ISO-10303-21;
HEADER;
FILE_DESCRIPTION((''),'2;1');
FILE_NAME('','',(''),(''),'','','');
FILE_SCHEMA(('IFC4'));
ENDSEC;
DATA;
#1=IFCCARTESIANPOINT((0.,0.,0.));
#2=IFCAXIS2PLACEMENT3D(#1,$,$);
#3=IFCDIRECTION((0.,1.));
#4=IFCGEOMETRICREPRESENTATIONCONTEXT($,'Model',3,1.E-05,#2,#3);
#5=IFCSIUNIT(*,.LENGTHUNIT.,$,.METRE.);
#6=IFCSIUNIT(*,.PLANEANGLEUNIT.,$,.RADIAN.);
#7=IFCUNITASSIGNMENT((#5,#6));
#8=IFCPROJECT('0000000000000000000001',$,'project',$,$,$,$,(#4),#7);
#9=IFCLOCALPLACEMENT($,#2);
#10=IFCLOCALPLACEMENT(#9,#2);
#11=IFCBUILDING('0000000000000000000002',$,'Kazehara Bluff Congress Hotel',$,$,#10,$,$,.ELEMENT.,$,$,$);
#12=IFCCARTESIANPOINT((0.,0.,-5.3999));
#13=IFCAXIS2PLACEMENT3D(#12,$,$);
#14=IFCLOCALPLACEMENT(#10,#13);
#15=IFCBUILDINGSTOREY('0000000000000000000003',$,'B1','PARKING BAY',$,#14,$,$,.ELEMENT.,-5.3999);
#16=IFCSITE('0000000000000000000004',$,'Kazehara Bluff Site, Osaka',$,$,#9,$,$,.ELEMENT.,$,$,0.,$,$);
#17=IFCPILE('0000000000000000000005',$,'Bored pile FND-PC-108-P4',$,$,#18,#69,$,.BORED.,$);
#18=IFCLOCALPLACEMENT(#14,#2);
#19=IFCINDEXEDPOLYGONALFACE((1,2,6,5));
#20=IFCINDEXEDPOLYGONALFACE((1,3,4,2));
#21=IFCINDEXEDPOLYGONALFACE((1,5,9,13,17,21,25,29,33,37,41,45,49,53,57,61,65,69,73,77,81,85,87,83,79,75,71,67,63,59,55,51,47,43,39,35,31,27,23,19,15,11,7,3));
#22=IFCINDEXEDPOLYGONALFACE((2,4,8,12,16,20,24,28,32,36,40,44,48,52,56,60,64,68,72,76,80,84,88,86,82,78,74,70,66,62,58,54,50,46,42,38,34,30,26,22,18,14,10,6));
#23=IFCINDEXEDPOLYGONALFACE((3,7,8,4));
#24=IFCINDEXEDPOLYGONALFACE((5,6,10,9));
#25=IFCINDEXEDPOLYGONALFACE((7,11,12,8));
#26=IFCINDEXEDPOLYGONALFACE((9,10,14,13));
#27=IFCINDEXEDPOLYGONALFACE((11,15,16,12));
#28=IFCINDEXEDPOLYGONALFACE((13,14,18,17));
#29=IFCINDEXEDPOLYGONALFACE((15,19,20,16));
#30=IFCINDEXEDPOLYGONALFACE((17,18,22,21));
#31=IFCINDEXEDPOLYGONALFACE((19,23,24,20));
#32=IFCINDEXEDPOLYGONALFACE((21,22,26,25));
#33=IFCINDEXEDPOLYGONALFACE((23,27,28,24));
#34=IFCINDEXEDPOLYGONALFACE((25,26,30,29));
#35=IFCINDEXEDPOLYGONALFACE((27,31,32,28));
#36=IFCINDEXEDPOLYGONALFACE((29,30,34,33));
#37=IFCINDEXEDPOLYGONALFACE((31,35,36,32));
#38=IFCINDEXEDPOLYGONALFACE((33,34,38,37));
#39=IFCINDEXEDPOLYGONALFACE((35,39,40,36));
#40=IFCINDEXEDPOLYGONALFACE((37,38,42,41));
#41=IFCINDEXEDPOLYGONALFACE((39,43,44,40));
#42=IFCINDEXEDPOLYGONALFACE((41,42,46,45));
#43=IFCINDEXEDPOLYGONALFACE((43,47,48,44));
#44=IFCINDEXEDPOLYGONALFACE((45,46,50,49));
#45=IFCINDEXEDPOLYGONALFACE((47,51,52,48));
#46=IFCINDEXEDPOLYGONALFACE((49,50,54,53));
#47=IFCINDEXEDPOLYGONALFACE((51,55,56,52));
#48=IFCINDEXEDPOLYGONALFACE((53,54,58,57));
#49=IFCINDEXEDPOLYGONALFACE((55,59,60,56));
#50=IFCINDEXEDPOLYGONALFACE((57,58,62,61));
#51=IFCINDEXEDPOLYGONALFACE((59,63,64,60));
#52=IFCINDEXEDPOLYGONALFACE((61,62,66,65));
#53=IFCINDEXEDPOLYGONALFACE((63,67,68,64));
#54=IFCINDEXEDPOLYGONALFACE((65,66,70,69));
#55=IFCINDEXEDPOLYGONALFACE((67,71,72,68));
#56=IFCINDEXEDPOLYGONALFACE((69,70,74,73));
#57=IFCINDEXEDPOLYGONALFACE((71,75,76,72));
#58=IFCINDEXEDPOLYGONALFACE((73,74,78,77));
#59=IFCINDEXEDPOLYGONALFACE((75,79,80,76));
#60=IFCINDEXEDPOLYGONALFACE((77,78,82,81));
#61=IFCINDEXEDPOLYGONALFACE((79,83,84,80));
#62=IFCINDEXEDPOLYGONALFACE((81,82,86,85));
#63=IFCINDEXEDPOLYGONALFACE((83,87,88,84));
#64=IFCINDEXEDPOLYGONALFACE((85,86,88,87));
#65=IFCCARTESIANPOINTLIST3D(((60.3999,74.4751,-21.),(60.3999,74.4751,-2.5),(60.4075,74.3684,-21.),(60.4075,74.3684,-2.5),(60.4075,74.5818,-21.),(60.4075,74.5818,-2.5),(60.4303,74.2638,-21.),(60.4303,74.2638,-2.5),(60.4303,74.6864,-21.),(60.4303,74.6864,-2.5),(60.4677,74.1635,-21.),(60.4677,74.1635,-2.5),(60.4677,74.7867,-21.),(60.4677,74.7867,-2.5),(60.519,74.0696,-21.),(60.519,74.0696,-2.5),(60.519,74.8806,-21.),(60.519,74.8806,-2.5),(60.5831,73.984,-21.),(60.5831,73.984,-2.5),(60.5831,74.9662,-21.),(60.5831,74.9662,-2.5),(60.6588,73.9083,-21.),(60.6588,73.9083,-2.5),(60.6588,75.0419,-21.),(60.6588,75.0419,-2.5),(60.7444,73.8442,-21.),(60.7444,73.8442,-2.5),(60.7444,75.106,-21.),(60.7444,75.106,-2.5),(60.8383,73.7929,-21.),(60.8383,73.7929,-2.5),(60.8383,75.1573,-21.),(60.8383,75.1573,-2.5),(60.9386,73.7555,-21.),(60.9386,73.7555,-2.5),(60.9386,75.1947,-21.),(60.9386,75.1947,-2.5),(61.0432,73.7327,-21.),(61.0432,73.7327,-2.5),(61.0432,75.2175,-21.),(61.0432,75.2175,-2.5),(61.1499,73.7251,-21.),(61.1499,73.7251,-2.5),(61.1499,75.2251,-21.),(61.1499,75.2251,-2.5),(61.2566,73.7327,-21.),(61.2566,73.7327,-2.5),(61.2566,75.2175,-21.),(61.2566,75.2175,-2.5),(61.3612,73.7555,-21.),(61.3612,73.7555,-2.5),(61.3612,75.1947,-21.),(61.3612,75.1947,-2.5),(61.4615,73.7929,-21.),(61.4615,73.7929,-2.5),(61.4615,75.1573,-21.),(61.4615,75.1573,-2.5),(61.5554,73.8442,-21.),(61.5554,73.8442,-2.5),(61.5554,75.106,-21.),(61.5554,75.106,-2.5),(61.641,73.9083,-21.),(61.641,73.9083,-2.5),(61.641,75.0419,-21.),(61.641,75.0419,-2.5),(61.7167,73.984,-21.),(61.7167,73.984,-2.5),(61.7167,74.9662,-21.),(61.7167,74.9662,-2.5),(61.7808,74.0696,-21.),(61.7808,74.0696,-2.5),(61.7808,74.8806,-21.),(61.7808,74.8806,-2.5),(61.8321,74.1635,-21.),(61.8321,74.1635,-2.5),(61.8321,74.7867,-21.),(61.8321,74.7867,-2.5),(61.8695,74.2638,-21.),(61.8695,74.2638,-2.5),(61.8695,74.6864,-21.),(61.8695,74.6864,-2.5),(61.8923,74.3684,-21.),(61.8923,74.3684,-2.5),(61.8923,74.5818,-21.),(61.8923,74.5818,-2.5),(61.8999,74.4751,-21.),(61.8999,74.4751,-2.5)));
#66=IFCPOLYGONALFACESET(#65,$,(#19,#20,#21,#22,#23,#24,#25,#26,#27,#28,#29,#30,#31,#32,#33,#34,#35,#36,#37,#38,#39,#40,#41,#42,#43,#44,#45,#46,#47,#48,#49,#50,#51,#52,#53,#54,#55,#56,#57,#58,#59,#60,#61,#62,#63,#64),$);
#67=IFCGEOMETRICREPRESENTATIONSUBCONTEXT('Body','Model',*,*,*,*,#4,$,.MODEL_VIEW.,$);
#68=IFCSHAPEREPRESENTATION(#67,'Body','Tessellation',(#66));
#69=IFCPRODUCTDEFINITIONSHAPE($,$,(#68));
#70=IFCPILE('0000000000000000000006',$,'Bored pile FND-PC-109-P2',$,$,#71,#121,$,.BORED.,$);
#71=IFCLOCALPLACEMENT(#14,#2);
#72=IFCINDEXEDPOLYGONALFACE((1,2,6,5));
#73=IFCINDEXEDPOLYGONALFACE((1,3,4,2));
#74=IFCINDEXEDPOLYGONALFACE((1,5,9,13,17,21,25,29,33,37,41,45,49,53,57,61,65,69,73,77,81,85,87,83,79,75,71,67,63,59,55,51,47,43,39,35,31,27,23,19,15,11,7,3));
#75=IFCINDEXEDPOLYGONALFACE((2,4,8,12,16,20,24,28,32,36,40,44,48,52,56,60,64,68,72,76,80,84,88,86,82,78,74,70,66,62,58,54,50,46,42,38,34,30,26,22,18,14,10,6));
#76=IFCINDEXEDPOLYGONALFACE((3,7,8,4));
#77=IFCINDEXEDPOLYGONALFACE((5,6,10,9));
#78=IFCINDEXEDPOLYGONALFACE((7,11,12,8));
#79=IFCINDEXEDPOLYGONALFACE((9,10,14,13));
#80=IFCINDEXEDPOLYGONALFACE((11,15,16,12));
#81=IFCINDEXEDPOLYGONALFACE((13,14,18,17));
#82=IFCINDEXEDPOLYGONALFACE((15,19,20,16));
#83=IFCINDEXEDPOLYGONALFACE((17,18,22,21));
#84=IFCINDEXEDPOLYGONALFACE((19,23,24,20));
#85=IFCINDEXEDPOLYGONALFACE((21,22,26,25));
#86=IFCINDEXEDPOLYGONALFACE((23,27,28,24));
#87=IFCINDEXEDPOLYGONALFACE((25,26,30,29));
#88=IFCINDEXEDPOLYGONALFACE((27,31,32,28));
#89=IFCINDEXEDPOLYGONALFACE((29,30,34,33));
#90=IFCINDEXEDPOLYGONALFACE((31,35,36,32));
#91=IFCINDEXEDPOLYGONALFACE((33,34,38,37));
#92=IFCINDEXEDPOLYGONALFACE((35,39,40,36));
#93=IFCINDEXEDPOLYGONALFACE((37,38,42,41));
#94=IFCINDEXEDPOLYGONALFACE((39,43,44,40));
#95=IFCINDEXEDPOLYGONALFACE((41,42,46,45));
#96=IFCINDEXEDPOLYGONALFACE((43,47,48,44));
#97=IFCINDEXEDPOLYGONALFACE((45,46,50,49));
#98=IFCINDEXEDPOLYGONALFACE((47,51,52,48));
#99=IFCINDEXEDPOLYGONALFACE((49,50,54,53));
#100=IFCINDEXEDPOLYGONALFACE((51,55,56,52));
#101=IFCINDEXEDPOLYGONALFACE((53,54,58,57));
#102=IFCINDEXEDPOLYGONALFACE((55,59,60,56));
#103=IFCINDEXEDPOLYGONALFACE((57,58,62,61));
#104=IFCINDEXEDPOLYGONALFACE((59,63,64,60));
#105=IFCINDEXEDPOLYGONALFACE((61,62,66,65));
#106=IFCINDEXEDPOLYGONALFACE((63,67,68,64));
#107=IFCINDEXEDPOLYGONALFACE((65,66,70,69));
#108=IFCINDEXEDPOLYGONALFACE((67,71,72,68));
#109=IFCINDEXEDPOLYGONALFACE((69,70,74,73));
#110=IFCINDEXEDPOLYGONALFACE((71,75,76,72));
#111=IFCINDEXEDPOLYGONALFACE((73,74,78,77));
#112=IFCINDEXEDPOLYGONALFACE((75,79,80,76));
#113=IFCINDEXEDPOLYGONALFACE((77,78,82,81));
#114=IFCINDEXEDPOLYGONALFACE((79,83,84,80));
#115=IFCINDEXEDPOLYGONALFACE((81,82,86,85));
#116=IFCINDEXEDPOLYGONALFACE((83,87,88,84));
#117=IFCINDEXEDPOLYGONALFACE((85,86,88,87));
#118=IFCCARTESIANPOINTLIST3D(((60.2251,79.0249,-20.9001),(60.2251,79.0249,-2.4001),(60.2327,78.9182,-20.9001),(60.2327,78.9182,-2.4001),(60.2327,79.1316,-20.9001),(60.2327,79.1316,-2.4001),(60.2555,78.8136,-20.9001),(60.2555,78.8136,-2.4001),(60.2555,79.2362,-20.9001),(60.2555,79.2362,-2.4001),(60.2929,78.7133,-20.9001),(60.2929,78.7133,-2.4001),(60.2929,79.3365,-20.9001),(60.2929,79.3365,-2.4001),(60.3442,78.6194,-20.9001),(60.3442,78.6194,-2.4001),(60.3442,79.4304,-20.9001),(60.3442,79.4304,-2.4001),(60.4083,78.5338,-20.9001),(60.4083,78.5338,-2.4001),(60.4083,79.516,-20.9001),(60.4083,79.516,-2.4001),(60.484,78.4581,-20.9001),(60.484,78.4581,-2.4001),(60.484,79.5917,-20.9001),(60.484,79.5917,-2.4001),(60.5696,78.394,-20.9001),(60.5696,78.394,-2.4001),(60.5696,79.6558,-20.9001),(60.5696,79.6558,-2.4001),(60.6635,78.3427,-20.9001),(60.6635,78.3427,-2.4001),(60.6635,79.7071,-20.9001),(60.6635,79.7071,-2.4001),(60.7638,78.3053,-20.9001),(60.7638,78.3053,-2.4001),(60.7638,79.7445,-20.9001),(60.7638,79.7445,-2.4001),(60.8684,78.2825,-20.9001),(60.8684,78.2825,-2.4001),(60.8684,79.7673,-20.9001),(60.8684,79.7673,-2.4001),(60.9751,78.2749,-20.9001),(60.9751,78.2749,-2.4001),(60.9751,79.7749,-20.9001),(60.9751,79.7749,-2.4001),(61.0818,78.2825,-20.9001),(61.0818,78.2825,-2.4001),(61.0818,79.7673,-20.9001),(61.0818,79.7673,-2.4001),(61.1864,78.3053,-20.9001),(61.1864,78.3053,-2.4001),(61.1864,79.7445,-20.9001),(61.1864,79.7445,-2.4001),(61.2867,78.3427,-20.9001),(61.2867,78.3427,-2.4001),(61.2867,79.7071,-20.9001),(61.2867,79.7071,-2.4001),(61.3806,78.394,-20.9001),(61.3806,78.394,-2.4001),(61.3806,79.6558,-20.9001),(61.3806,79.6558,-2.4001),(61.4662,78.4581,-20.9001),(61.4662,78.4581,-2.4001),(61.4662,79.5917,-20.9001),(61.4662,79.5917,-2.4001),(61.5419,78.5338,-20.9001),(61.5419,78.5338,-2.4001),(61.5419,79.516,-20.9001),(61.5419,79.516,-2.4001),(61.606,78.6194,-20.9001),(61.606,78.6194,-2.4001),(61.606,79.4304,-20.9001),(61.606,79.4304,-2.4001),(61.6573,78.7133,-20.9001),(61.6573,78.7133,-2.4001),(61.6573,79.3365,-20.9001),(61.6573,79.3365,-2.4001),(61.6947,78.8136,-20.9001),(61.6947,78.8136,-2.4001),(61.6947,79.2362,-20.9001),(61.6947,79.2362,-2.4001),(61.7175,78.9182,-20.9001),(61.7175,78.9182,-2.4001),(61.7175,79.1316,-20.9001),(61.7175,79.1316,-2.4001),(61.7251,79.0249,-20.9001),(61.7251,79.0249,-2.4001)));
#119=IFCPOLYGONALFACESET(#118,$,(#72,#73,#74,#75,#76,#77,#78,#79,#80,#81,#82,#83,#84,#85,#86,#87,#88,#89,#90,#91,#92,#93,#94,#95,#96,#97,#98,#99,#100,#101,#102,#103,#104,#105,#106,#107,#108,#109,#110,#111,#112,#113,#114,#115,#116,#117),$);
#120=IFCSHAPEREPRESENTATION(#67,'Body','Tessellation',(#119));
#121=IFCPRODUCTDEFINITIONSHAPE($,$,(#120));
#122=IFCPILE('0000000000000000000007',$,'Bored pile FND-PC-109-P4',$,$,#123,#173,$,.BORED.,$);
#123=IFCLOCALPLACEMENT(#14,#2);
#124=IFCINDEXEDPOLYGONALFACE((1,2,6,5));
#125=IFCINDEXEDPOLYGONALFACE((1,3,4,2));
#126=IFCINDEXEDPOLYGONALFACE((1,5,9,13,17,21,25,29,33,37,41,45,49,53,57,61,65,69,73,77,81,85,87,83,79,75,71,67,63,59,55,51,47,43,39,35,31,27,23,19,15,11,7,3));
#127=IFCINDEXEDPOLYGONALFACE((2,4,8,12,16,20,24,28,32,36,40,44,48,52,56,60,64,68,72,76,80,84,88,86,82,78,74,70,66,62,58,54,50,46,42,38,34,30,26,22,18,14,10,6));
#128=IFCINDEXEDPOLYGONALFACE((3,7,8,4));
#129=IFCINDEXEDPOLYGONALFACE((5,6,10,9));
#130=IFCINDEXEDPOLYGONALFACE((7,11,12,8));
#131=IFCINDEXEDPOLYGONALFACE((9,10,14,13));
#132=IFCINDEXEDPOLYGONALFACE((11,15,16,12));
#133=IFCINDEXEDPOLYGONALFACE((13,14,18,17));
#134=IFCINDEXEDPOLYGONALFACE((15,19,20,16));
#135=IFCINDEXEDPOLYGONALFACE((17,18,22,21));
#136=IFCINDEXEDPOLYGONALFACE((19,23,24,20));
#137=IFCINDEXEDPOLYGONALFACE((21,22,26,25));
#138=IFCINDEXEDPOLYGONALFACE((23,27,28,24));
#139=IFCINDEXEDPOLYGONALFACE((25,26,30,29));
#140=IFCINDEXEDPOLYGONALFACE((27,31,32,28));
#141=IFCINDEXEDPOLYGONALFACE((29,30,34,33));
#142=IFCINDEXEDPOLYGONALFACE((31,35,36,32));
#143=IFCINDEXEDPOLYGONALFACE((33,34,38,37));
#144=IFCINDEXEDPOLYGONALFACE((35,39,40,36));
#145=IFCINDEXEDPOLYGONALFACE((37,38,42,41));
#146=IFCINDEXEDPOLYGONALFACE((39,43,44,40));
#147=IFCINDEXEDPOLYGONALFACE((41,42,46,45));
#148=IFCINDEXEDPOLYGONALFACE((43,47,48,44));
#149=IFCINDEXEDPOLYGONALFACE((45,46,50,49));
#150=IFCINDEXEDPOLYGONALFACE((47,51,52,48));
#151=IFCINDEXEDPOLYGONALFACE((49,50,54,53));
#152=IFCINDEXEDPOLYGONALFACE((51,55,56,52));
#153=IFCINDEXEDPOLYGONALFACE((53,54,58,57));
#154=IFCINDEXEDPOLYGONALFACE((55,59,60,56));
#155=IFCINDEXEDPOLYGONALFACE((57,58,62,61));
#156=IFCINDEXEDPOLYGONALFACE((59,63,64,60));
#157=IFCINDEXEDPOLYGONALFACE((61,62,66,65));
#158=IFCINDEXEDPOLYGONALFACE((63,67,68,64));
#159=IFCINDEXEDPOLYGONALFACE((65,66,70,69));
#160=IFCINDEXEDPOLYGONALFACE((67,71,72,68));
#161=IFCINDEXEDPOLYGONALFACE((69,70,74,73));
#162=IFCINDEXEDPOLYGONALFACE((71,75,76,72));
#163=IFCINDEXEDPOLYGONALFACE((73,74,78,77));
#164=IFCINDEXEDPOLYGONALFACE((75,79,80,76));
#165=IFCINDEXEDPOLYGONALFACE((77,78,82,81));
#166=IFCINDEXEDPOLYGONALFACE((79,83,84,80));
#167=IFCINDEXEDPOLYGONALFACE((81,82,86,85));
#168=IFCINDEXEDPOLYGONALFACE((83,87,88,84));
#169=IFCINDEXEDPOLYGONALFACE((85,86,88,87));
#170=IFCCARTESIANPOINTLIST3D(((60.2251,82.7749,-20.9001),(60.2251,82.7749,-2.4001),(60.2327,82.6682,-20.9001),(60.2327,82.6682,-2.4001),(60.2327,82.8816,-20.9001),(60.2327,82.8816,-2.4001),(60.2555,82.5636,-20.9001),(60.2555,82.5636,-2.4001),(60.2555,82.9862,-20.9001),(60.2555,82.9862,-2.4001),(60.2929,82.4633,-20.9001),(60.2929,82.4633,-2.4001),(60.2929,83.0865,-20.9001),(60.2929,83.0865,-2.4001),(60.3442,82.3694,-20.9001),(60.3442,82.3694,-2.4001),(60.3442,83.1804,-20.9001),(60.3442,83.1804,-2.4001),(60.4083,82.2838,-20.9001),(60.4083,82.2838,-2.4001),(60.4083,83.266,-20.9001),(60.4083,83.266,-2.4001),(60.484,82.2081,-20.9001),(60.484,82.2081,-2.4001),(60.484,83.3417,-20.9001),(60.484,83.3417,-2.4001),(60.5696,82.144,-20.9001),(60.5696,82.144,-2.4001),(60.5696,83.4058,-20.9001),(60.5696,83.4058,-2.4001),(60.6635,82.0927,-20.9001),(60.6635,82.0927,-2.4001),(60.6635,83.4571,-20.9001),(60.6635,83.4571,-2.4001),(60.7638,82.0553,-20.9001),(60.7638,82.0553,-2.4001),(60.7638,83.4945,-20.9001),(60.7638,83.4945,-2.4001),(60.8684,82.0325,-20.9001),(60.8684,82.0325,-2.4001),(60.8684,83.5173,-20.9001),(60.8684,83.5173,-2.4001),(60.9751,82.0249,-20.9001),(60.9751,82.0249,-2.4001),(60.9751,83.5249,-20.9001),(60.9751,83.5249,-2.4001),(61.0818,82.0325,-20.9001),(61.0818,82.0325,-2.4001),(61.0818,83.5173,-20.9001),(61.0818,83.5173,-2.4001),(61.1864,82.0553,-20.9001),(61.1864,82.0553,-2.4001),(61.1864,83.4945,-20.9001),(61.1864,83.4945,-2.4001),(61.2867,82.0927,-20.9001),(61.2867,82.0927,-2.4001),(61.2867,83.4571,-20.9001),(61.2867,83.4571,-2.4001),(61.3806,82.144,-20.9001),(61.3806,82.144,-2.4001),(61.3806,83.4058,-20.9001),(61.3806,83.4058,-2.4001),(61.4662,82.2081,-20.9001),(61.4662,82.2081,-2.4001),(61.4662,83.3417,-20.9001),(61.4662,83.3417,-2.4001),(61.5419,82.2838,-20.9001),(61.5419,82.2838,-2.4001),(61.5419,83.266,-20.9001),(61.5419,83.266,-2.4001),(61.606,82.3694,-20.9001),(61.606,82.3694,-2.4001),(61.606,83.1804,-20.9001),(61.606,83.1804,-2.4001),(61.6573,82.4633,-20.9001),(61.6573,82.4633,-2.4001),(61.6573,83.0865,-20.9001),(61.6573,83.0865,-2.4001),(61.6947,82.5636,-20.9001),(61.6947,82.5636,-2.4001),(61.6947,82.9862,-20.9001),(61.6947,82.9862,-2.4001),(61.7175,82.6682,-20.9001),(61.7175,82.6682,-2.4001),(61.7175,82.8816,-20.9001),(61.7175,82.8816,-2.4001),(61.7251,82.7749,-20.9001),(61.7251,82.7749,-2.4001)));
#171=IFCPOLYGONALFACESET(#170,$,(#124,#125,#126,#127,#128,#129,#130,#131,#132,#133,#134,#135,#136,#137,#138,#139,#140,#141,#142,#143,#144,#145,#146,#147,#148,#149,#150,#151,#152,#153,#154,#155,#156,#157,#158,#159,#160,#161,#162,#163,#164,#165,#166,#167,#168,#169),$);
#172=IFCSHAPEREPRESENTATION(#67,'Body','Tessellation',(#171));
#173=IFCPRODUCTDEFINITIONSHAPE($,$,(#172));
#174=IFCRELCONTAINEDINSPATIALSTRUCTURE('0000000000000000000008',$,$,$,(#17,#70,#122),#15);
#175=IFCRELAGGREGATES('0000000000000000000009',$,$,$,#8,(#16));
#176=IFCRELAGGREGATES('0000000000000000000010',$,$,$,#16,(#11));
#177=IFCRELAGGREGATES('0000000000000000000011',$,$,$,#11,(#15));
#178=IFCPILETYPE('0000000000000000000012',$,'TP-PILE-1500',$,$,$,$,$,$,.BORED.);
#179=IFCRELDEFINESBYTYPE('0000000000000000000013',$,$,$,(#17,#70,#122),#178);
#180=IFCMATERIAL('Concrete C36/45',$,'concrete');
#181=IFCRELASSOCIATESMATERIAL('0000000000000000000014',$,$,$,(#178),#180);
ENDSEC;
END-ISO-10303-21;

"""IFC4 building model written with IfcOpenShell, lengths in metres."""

from ifc_helpers import new_model, si_unit, direction, frame, origin, origin_2d, place, context, subcontext, project, spatial, circle, extrude, material, material_profile, profile_set, type_object, element, save


model = new_model("IFC4")

# Units and contexts
model_context = context("Model", 3, precision=1e-05, world=origin(), true_north=direction((0.0, 1.0)))
body_context = subcontext(model_context, "Body", "Model", "MODEL_VIEW")
ifc_project = project(units=[si_unit("LENGTHUNIT", "METRE"), si_unit("PLANEANGLEUNIT", "RADIAN")], contexts=[model_context])

# Site, building, storey
site_placement = place(None, origin())
site = spatial("IfcSite", under=ifc_project, at=site_placement, Name="Kazehara Bluff Site, Osaka", CompositionType="ELEMENT", RefElevation=0.0)
building_placement = place(site_placement, origin())
building = spatial("IfcBuilding", under=site, at=building_placement, Name="Kazehara Bluff Congress Hotel", CompositionType="ELEMENT")
storey_placement = place(building_placement, frame((0.0, 0.0, -5.3999)))
storey = spatial("IfcBuildingStorey", under=building, at=storey_placement, Name="B1", Description="PARKING BAY", CompositionType="ELEMENT", Elevation=-5.3999)

# Piles
ifc_material_1 = material(Name="Concrete C36/45", Category="concrete")
ifc_material_profile_1 = material_profile(ifc_material_1, circle(Radius=0.75, at=origin_2d()))
ifc_profile_set_1 = profile_set([ifc_material_profile_1], Name="Concrete C36/45")
pile_type_1 = type_object("IfcPileType", Name="TP-PILE-1500", PredefinedType="BORED", material=ifc_profile_set_1)
for number, where, z_axis, x_axis, name in (
    (1, (61.1499, 74.4751, -2.5), (0.0, 0.0, -1.0), (1.0, 0.0, 0.0), "Bored pile FND-PC-108-P4"),
    (2, (60.9751, 79.0249, -2.4001), (0.0, 0.0, -1.0), (1.0, 0.0, 0.0), "Bored pile FND-PC-109-P2"),
    (3, (60.9751, 82.7749, -2.4001), (0.0, 0.0, -1.0), (1.0, 0.0, 0.0), "Bored pile FND-PC-109-P4"),
):
    element("IfcPile", number, at=place(storey_placement, frame(where, z_axis=z_axis, x_axis=x_axis)), inside=storey, type_object=pile_type_1, Name=name, PredefinedType="BORED", context=body_context, shape_type="SweptSolid", body=[
        extrude(circle(Radius=0.75, at=origin_2d()), origin(), (0.0, 0.0, 1.0), 18.5),
    ])

save(model, "model.ifc")
